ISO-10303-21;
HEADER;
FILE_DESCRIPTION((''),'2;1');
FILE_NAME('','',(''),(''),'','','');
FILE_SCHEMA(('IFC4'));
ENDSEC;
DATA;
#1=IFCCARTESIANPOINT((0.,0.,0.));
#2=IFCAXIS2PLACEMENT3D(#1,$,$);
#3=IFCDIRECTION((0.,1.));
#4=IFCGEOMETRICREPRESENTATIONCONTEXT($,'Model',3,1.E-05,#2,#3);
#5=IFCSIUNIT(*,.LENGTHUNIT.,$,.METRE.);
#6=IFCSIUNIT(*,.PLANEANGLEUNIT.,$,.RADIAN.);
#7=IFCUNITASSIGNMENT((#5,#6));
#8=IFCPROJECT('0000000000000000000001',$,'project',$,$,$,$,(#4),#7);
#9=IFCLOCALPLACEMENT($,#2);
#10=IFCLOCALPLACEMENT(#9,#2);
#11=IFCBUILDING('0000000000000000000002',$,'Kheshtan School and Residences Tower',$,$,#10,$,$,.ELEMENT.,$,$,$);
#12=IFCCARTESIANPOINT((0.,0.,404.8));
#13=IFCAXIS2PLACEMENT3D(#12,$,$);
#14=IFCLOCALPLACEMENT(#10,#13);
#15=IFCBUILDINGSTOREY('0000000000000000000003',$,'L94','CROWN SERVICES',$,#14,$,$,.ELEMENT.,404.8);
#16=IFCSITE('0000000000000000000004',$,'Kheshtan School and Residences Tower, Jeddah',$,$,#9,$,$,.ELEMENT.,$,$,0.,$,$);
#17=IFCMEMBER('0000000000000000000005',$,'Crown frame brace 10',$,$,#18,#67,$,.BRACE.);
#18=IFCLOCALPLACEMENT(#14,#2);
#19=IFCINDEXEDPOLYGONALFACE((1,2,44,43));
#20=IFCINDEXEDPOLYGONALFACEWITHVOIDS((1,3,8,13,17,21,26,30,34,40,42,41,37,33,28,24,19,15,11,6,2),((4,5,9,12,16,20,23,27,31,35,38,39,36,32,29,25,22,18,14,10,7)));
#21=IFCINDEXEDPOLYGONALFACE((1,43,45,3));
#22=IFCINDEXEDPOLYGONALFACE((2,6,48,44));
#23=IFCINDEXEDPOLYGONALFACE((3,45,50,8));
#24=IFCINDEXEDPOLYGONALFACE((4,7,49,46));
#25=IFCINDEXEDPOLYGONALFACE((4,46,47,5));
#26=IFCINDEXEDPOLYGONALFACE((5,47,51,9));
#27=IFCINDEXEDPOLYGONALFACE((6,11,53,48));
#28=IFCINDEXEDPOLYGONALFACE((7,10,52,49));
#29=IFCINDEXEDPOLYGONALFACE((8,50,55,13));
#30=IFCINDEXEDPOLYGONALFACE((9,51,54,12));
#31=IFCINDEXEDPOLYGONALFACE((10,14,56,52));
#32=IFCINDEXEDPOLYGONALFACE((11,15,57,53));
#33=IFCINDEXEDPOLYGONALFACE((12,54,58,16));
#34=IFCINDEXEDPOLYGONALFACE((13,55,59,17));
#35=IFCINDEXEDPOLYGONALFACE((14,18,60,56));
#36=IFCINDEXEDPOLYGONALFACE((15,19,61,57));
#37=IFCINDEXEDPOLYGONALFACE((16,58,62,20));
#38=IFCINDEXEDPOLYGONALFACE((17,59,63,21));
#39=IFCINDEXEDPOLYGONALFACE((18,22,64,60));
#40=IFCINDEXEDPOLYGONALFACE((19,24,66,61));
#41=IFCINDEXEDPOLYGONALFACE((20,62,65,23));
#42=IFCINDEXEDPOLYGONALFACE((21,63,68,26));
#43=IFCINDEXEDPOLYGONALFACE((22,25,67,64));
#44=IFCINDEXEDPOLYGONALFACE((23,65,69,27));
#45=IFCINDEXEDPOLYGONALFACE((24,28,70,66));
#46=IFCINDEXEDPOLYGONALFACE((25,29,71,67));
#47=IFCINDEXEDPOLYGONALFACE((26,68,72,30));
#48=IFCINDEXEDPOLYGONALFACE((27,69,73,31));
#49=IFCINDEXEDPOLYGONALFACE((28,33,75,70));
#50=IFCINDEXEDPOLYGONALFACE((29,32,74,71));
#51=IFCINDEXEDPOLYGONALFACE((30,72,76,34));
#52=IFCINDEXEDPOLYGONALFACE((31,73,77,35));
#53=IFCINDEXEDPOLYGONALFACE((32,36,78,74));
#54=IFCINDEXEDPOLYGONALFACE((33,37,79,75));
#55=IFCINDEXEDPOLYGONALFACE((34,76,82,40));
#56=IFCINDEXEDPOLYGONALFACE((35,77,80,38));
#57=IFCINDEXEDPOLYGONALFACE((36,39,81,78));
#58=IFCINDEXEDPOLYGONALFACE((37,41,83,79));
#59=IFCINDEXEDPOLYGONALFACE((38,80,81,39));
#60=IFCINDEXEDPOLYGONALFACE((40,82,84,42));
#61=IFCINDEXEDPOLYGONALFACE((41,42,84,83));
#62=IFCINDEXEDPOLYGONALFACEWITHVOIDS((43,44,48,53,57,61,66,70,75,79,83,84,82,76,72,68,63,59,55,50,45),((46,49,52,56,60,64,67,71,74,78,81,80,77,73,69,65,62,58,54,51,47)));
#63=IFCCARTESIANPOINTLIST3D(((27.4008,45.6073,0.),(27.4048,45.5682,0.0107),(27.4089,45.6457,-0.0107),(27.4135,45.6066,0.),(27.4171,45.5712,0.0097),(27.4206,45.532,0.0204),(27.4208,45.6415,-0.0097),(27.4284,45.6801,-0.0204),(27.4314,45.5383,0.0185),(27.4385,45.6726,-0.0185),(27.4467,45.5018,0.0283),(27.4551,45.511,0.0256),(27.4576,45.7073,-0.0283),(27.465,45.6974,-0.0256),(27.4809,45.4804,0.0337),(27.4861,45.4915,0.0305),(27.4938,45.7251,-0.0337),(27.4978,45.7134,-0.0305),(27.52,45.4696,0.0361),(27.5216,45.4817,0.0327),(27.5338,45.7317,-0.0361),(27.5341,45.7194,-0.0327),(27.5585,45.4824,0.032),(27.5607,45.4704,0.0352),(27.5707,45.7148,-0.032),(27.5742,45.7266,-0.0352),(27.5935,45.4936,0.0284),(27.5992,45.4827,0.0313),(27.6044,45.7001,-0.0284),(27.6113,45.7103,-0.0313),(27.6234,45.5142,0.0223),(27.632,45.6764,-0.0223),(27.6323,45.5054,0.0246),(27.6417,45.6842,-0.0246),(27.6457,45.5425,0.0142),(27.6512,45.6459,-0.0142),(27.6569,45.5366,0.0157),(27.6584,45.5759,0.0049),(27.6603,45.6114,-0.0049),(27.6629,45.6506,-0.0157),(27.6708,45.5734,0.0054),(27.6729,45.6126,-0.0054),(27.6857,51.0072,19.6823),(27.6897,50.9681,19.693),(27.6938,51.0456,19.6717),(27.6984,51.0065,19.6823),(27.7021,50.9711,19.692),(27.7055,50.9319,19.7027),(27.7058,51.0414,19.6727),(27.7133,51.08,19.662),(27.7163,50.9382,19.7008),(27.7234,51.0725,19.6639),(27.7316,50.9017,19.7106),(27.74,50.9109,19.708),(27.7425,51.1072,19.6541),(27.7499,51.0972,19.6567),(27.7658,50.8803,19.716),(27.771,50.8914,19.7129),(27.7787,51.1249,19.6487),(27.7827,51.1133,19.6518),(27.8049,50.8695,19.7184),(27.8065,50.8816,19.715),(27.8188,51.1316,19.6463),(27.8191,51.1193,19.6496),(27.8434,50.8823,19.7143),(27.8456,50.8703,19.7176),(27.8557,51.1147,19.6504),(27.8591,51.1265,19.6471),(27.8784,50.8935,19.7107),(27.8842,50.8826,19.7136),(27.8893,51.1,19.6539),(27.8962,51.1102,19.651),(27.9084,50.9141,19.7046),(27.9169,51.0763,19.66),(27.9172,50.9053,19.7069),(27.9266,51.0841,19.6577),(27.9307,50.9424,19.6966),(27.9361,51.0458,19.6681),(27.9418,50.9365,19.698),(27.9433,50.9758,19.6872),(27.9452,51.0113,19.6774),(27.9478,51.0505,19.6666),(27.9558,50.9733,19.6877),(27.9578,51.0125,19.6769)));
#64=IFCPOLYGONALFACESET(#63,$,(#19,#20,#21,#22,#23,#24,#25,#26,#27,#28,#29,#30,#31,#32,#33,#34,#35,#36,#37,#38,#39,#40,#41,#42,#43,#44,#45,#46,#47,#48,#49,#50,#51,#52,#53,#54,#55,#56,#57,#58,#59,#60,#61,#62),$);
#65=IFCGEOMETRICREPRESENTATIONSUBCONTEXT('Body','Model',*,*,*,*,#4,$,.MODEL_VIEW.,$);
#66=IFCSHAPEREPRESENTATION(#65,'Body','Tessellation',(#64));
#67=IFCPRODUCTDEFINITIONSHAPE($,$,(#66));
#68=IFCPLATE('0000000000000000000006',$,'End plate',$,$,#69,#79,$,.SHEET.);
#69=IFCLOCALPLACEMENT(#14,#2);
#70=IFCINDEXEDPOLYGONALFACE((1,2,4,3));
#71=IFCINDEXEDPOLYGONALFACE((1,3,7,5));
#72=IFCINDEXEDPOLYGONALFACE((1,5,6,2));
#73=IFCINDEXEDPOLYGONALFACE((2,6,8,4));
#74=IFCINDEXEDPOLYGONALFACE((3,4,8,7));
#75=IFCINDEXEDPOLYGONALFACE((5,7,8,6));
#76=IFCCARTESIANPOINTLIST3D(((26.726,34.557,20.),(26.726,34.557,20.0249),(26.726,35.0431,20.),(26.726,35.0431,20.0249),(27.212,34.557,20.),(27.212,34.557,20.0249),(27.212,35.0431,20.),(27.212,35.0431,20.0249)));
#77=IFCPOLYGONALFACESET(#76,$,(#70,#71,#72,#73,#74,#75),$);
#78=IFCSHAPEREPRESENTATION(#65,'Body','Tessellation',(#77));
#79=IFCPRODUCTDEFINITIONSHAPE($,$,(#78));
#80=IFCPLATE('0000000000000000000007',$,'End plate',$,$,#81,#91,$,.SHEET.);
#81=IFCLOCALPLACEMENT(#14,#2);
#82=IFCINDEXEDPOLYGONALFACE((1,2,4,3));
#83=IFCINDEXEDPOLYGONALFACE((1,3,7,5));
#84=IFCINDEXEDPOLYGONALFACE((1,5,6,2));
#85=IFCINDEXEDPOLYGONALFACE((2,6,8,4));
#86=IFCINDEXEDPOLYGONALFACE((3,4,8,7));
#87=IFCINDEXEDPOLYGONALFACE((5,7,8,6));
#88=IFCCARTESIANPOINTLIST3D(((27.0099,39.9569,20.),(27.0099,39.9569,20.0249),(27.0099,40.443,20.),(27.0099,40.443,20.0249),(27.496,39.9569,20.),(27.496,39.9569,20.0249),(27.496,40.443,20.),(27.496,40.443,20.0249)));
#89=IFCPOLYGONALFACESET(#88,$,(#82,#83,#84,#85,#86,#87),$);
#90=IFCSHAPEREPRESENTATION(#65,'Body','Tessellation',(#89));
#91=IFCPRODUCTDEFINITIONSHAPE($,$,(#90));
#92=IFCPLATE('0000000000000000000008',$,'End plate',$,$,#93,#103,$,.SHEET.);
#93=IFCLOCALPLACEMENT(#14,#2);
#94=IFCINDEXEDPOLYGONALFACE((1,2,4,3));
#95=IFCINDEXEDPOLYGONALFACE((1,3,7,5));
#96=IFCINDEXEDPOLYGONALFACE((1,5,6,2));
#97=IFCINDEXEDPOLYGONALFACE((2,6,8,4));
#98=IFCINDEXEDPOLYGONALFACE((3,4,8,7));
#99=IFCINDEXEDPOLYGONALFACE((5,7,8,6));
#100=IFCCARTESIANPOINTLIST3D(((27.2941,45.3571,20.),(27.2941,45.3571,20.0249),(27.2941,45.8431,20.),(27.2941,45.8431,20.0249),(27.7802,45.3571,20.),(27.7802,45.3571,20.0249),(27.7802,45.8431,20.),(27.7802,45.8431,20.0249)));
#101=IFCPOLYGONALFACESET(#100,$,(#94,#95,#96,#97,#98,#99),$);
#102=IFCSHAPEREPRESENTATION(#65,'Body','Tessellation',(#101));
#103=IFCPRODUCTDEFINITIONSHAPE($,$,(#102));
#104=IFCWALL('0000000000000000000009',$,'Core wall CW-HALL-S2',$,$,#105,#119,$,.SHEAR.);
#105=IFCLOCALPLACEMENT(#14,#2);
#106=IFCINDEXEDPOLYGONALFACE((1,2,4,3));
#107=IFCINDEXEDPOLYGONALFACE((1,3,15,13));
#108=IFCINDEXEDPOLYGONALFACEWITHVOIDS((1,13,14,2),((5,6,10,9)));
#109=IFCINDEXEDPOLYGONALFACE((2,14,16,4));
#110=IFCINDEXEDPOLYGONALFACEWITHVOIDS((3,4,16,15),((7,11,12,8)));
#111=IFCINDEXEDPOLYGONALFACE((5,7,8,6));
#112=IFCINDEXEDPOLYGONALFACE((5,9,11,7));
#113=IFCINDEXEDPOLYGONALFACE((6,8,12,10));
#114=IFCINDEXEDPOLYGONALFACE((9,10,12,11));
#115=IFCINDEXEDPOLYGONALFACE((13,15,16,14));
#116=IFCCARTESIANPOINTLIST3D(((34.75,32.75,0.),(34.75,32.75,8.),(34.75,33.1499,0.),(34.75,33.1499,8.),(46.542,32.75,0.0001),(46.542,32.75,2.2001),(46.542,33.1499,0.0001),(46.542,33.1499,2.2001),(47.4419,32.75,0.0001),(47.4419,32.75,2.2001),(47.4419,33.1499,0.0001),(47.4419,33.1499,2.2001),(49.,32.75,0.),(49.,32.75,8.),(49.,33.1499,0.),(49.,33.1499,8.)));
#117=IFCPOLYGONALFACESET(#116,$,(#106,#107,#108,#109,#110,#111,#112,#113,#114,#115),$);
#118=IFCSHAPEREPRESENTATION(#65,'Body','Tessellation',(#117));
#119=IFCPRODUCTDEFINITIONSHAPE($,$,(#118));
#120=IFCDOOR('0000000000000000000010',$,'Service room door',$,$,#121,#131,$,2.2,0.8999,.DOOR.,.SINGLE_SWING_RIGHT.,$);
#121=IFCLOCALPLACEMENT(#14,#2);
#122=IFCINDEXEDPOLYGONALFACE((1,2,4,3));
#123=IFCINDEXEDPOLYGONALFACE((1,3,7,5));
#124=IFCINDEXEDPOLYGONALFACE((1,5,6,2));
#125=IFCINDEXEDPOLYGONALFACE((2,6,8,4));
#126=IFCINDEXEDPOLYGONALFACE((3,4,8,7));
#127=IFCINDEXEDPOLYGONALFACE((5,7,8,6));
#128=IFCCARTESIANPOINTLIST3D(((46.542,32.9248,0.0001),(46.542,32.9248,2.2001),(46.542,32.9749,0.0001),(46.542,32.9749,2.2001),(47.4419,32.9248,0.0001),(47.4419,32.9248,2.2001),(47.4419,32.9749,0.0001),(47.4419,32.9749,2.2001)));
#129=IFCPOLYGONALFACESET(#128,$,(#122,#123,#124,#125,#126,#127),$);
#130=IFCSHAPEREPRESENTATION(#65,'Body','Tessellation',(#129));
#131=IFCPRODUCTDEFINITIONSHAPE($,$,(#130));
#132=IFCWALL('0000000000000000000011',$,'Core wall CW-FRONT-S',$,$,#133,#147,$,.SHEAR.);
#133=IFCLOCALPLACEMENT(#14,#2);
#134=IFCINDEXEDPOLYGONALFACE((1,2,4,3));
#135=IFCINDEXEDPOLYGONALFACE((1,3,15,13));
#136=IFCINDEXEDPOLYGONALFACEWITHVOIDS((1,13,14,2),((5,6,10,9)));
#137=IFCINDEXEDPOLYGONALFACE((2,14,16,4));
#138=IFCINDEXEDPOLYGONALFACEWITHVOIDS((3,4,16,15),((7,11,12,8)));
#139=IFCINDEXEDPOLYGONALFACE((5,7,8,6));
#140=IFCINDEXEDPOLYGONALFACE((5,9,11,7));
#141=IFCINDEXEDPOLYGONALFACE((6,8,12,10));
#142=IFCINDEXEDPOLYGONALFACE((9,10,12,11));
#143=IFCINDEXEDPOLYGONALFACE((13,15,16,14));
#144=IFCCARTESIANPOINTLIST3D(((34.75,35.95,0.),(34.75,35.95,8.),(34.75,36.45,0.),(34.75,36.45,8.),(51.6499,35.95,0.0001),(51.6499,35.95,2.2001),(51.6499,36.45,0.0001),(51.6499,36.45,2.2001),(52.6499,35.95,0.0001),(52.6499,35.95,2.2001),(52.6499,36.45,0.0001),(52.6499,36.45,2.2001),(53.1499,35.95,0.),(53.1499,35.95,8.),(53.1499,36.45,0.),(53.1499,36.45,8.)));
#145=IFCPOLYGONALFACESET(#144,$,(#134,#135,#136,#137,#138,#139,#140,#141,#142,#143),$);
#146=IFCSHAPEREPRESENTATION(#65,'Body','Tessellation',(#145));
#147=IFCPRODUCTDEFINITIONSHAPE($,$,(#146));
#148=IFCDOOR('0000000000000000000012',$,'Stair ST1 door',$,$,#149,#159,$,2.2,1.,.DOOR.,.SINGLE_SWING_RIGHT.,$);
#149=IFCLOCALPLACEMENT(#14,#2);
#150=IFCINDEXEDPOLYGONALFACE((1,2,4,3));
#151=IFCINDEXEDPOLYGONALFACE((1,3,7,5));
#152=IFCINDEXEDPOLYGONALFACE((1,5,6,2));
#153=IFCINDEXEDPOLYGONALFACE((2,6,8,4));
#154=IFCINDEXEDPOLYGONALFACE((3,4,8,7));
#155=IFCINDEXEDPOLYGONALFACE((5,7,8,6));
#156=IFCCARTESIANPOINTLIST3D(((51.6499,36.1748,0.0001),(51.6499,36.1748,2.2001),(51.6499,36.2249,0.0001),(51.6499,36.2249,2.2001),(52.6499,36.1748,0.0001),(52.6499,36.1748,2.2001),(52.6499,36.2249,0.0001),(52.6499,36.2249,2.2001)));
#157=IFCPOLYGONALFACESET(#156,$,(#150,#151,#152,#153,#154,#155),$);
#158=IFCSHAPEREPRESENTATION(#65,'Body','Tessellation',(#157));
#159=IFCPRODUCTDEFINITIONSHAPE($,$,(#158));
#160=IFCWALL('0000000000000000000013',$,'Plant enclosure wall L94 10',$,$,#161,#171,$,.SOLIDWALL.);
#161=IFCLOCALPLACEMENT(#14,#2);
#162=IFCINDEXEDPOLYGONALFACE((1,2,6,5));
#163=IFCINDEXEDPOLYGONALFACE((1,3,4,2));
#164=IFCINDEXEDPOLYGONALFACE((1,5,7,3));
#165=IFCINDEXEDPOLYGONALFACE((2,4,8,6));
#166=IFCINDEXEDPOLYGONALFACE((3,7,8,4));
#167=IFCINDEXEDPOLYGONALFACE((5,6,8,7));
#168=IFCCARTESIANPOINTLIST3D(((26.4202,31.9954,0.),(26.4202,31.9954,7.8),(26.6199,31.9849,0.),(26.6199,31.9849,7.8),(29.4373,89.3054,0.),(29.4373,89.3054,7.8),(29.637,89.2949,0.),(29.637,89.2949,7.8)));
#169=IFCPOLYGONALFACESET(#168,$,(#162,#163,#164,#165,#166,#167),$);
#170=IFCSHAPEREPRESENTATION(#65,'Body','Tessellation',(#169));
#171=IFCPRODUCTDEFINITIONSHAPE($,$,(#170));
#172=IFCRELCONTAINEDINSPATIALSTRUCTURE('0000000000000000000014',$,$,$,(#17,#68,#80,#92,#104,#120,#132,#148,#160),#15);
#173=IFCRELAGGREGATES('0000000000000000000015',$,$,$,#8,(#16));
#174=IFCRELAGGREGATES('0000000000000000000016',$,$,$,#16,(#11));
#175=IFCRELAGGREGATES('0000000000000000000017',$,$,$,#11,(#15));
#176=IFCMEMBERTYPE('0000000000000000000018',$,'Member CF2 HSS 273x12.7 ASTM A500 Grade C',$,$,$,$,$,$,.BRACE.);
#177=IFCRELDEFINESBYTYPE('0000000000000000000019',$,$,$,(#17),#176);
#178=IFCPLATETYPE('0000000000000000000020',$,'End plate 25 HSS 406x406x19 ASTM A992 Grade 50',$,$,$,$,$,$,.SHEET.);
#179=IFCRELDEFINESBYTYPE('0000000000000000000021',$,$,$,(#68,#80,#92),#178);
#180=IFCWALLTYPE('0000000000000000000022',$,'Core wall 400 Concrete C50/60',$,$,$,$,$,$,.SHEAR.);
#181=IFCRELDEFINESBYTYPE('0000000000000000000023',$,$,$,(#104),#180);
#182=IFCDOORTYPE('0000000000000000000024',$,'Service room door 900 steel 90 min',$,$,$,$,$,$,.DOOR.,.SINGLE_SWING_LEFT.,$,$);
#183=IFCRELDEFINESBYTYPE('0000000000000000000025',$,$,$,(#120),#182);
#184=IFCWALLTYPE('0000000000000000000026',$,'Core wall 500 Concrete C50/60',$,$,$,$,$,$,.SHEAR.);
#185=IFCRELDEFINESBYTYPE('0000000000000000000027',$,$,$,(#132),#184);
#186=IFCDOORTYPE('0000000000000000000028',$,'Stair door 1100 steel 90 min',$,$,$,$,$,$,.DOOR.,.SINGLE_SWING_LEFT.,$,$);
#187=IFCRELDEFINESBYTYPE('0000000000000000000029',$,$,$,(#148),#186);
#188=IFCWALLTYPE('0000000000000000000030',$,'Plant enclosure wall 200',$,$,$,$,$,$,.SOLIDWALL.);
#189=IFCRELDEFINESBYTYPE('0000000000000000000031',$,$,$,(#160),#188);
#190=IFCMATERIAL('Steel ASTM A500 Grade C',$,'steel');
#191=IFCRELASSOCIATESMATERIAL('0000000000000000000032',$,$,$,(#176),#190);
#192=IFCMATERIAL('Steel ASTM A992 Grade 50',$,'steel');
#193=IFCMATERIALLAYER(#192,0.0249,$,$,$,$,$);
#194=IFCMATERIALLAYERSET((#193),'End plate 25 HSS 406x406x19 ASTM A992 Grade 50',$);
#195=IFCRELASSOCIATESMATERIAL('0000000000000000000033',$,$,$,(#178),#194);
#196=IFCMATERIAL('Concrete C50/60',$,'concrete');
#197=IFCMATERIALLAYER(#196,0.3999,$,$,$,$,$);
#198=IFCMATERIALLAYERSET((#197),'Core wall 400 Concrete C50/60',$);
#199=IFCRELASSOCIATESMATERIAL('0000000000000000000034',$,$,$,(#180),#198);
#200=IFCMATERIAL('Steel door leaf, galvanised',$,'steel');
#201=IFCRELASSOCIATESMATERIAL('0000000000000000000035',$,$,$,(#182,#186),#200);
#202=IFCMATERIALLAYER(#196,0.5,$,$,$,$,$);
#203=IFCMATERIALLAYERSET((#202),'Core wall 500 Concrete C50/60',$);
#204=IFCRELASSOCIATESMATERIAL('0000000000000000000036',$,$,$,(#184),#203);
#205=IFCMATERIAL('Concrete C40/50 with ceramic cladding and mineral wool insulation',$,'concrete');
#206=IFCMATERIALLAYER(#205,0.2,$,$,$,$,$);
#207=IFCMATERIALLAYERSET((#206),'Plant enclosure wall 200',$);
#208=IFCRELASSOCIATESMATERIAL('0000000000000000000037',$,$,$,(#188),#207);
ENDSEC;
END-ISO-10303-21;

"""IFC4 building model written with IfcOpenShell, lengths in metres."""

from ifc_helpers import new_model, si_unit, direction, frame, frame_2d, origin, origin_2d, place, context, subcontext, project, spatial, rectangle, hollow_circle, extrude, source, transform, mapped, material, layer, layer_set, material_profile, profile_set, type_object, element, fill, save


model = new_model("IFC4")

# Units and contexts
model_context = context("Model", 3, precision=1e-05, world=origin(), true_north=direction((0.0, 1.0)))
body_context = subcontext(model_context, "Body", "Model", "MODEL_VIEW")
ifc_project = project(units=[si_unit("LENGTHUNIT", "METRE"), si_unit("PLANEANGLEUNIT", "RADIAN")], contexts=[model_context])

# Site, building, storey
site_placement = place(None, origin())
site = spatial("IfcSite", under=ifc_project, at=site_placement, Name="Kheshtan School and Residences Tower, Jeddah", CompositionType="ELEMENT", RefElevation=0.0)
building_placement = place(site_placement, origin())
building = spatial("IfcBuilding", under=site, at=building_placement, Name="Kheshtan School and Residences Tower", CompositionType="ELEMENT")
storey_placement = place(building_placement, frame((0.0, 0.0, 404.8)))
storey = spatial("IfcBuildingStorey", under=building, at=storey_placement, Name="L94", Description="CROWN SERVICES", CompositionType="ELEMENT", Elevation=404.8)

# Shared definitions
ifc_material_1 = material(Name="Steel ASTM A500 Grade C", Category="steel")

# Shared definitions
ifc_material_2 = material(Name="Steel ASTM A992 Grade 50", Category="steel")

# Member
ifc_material_profile_1 = material_profile(ifc_material_1, hollow_circle(Radius=0.1365, WallThickness=0.0127, at=origin_2d()), Name="HSS 273x12.7")
ifc_profile_set_1 = profile_set([ifc_material_profile_1], Name="Steel ASTM A500 Grade C")
member_type = type_object("IfcMemberType", Name="Member CF2 HSS 273x12.7 ASTM A500 Grade C", PredefinedType="BRACE", material=ifc_profile_set_1)
for number, where, z_axis, x_axis, name in (
    (1, (27.5371, 45.6001, 0.0), (0.013958, 0.26455, 0.964271), (-0.998611, 0.052689, 0.0), "Crown frame brace 10"),
):
    element("IfcMember", number, at=place(storey_placement, frame(where, z_axis=z_axis, x_axis=x_axis)), inside=storey, type_object=member_type, Name=name, PredefinedType="BRACE", context=body_context, shape_type="SweptSolid", body=[
        extrude(hollow_circle(Radius=0.1365, WallThickness=0.0127, at=origin_2d()), origin(), (0.0, 0.0, 1.0), 20.4116),
    ])

# Plates
ifc_layer_1 = layer(ifc_material_2, 0.0249)
ifc_layer_set_1 = layer_set([ifc_layer_1], Name="End plate 25 HSS 406x406x19 ASTM A992 Grade 50")
plate_type = type_object("IfcPlateType", Name="End plate 25 HSS 406x406x19 ASTM A992 Grade 50", PredefinedType="SHEET", material=ifc_layer_set_1)
for number, where, z_axis, x_axis, name in (
    (2, (26.969, 34.8, 20.0), (0.0, 0.0, 1.0), (1.0, 0.0, 0.0), "End plate"),
    (3, (27.2529, 40.2, 20.0), (0.0, 0.0, 1.0), (1.0, 0.0, 0.0), "End plate"),
    (4, (27.5371, 45.6001, 20.0), (0.0, 0.0, 1.0), (1.0, 0.0, 0.0), "End plate"),
):
    element("IfcPlate", number, at=place(storey_placement, frame(where, z_axis=z_axis, x_axis=x_axis)), inside=storey, type_object=plate_type, Name=name, PredefinedType="SHEET", context=body_context, shape_type="SweptSolid", body=[
        extrude(rectangle(XDim=0.4861, YDim=0.4861, at=origin_2d()), origin(), (0.0, 0.0, 1.0), 0.0249),
    ])

# Walls, openings, doors
ifc_material_3 = material(Name="Concrete C50/60", Category="concrete")
ifc_layer_2 = layer(ifc_material_3, 0.3999)
ifc_layer_set_2 = layer_set([ifc_layer_2], Name="Core wall 400 Concrete C50/60")
wall_type_1 = type_object("IfcWallType", Name="Core wall 400 Concrete C50/60", PredefinedType="SHEAR", material=ifc_layer_set_2)
wall_1_placement = place(storey_placement, frame((34.75, 32.95, 0.0), z_axis=(0.0, 0.0, 1.0), x_axis=(1.0, 0.0, 0.0)))
wall_1 = element("IfcWall", 5, at=wall_1_placement, inside=storey, type_object=wall_type_1, Name="Core wall CW-HALL-S2", PredefinedType="SHEAR", context=body_context, shape_type="SweptSolid", body=[
    extrude(rectangle(XDim=14.25, YDim=0.3999, at=frame_2d((7.125, 0.0))), origin(), (0.0, 0.0, 1.0), 8.0),
])
opening_1_placement = place(wall_1_placement, frame((11.792, 0.0, 0.0)))
opening_1 = element("IfcOpeningElement", 6, at=opening_1_placement, cuts=wall_1, PredefinedType="OPENING", context=body_context, shape_type="SweptSolid", body=[
    extrude(rectangle(XDim=0.8999, YDim=2.2, at=frame_2d((0.45, 1.1001))), frame((0.0, 0.21, 0.0), z_axis=(0.0, -1.0, 0.0), x_axis=(1.0, 0.0, 0.0)), (0.0, 0.0, 1.0), 0.4199),
])
ifc_material_4 = material(Name="Steel door leaf, galvanised", Category="steel")
door_type_1 = type_object("IfcDoorType", Name="Service room door 900 steel 90 min", OperationType="SINGLE_SWING_LEFT", PredefinedType="DOOR", material=ifc_material_4)
shared_shape_1 = source(origin(), body_context, "Body", "SweptSolid", [
    extrude(rectangle(XDim=0.8999, YDim=2.2, at=frame_2d((0.45, 1.1001))), frame((0.0, 0.0249, 0.0), z_axis=(0.0, -1.0, 0.0), x_axis=(1.0, 0.0, 0.0)), (0.0, 0.0, 1.0), 0.05),
])
door_1_placement = place(opening_1_placement, origin())
door_1 = element("IfcDoor", 7, at=door_1_placement, inside=storey, type_object=door_type_1, Name="Service room door", OperationType="SINGLE_SWING_RIGHT", OverallHeight=2.2, OverallWidth=0.8999, PredefinedType="DOOR", context=body_context, shape_type="MappedRepresentation", body=[
    mapped(shared_shape_1, transform((0.0, 0.0, 0.0), x_axis=(1.0, 0.0, 0.0), y_axis=(0.0, 1.0, 0.0), z_axis=(0.0, 0.0, 1.0), scale=1.0)),
])
fill(opening_1, door_1)
ifc_layer_3 = layer(ifc_material_3, 0.5)
ifc_layer_set_3 = layer_set([ifc_layer_3], Name="Core wall 500 Concrete C50/60")
wall_type_2 = type_object("IfcWallType", Name="Core wall 500 Concrete C50/60", PredefinedType="SHEAR", material=ifc_layer_set_3)
wall_2_placement = place(storey_placement, frame((34.75, 36.2, 0.0), z_axis=(0.0, 0.0, 1.0), x_axis=(1.0, 0.0, 0.0)))
wall_2 = element("IfcWall", 8, at=wall_2_placement, inside=storey, type_object=wall_type_2, Name="Core wall CW-FRONT-S", PredefinedType="SHEAR", context=body_context, shape_type="SweptSolid", body=[
    extrude(rectangle(XDim=18.3999, YDim=0.5, at=frame_2d((9.2, 0.0))), origin(), (0.0, 0.0, 1.0), 8.0),
])
opening_2_placement = place(wall_2_placement, frame((16.8999, 0.0, 0.0)))
opening_2 = element("IfcOpeningElement", 9, at=opening_2_placement, cuts=wall_2, PredefinedType="OPENING", context=body_context, shape_type="SweptSolid", body=[
    extrude(rectangle(XDim=1.0, YDim=2.2, at=frame_2d((0.5, 1.1001))), frame((0.0, 0.26, 0.0), z_axis=(0.0, -1.0, 0.0), x_axis=(1.0, 0.0, 0.0)), (0.0, 0.0, 1.0), 0.52),
])
door_type_2 = type_object("IfcDoorType", Name="Stair door 1100 steel 90 min", OperationType="SINGLE_SWING_LEFT", PredefinedType="DOOR", material=ifc_material_4)
shared_shape_2 = source(origin(), body_context, "Body", "SweptSolid", [
    extrude(rectangle(XDim=1.0, YDim=2.2, at=frame_2d((0.5, 1.1001))), frame((0.0, 0.0249, 0.0), z_axis=(0.0, -1.0, 0.0), x_axis=(1.0, 0.0, 0.0)), (0.0, 0.0, 1.0), 0.05),
])
door_2_placement = place(opening_2_placement, origin())
door_2 = element("IfcDoor", 10, at=door_2_placement, inside=storey, type_object=door_type_2, Name="Stair ST1 door", OperationType="SINGLE_SWING_RIGHT", OverallHeight=2.2, OverallWidth=1.0, PredefinedType="DOOR", context=body_context, shape_type="MappedRepresentation", body=[
    mapped(shared_shape_2, transform((0.0, 0.0, 0.0), x_axis=(1.0, 0.0, 0.0), y_axis=(0.0, 1.0, 0.0), z_axis=(0.0, 0.0, 1.0), scale=1.0)),
])
fill(opening_2, door_2)

# Wall
ifc_material_5 = material(Name="Concrete C40/50 with ceramic cladding and mineral wool insulation", Category="concrete")
ifc_layer_4 = layer(ifc_material_5, 0.2)
ifc_layer_set_4 = layer_set([ifc_layer_4], Name="Plant enclosure wall 200")
wall_type_3 = type_object("IfcWallType", Name="Plant enclosure wall 200", PredefinedType="SOLIDWALL", material=ifc_layer_set_4)
wall_3_placement = place(storey_placement, frame((26.52, 31.99, 0.0), z_axis=(0.0, 0.0, 1.0), x_axis=(0.052572, 0.998617, 0.0)))
element("IfcWall", 11, at=wall_3_placement, inside=storey, type_object=wall_type_3, Name="Plant enclosure wall L94 10", PredefinedType="SOLIDWALL", context=body_context, shape_type="SweptSolid", body=[
    extrude(rectangle(XDim=57.3894, YDim=0.2, at=frame_2d((28.6948, 0.0))), origin(), (0.0, 0.0, 1.0), 7.8),
])

save(model, "model.ifc")
